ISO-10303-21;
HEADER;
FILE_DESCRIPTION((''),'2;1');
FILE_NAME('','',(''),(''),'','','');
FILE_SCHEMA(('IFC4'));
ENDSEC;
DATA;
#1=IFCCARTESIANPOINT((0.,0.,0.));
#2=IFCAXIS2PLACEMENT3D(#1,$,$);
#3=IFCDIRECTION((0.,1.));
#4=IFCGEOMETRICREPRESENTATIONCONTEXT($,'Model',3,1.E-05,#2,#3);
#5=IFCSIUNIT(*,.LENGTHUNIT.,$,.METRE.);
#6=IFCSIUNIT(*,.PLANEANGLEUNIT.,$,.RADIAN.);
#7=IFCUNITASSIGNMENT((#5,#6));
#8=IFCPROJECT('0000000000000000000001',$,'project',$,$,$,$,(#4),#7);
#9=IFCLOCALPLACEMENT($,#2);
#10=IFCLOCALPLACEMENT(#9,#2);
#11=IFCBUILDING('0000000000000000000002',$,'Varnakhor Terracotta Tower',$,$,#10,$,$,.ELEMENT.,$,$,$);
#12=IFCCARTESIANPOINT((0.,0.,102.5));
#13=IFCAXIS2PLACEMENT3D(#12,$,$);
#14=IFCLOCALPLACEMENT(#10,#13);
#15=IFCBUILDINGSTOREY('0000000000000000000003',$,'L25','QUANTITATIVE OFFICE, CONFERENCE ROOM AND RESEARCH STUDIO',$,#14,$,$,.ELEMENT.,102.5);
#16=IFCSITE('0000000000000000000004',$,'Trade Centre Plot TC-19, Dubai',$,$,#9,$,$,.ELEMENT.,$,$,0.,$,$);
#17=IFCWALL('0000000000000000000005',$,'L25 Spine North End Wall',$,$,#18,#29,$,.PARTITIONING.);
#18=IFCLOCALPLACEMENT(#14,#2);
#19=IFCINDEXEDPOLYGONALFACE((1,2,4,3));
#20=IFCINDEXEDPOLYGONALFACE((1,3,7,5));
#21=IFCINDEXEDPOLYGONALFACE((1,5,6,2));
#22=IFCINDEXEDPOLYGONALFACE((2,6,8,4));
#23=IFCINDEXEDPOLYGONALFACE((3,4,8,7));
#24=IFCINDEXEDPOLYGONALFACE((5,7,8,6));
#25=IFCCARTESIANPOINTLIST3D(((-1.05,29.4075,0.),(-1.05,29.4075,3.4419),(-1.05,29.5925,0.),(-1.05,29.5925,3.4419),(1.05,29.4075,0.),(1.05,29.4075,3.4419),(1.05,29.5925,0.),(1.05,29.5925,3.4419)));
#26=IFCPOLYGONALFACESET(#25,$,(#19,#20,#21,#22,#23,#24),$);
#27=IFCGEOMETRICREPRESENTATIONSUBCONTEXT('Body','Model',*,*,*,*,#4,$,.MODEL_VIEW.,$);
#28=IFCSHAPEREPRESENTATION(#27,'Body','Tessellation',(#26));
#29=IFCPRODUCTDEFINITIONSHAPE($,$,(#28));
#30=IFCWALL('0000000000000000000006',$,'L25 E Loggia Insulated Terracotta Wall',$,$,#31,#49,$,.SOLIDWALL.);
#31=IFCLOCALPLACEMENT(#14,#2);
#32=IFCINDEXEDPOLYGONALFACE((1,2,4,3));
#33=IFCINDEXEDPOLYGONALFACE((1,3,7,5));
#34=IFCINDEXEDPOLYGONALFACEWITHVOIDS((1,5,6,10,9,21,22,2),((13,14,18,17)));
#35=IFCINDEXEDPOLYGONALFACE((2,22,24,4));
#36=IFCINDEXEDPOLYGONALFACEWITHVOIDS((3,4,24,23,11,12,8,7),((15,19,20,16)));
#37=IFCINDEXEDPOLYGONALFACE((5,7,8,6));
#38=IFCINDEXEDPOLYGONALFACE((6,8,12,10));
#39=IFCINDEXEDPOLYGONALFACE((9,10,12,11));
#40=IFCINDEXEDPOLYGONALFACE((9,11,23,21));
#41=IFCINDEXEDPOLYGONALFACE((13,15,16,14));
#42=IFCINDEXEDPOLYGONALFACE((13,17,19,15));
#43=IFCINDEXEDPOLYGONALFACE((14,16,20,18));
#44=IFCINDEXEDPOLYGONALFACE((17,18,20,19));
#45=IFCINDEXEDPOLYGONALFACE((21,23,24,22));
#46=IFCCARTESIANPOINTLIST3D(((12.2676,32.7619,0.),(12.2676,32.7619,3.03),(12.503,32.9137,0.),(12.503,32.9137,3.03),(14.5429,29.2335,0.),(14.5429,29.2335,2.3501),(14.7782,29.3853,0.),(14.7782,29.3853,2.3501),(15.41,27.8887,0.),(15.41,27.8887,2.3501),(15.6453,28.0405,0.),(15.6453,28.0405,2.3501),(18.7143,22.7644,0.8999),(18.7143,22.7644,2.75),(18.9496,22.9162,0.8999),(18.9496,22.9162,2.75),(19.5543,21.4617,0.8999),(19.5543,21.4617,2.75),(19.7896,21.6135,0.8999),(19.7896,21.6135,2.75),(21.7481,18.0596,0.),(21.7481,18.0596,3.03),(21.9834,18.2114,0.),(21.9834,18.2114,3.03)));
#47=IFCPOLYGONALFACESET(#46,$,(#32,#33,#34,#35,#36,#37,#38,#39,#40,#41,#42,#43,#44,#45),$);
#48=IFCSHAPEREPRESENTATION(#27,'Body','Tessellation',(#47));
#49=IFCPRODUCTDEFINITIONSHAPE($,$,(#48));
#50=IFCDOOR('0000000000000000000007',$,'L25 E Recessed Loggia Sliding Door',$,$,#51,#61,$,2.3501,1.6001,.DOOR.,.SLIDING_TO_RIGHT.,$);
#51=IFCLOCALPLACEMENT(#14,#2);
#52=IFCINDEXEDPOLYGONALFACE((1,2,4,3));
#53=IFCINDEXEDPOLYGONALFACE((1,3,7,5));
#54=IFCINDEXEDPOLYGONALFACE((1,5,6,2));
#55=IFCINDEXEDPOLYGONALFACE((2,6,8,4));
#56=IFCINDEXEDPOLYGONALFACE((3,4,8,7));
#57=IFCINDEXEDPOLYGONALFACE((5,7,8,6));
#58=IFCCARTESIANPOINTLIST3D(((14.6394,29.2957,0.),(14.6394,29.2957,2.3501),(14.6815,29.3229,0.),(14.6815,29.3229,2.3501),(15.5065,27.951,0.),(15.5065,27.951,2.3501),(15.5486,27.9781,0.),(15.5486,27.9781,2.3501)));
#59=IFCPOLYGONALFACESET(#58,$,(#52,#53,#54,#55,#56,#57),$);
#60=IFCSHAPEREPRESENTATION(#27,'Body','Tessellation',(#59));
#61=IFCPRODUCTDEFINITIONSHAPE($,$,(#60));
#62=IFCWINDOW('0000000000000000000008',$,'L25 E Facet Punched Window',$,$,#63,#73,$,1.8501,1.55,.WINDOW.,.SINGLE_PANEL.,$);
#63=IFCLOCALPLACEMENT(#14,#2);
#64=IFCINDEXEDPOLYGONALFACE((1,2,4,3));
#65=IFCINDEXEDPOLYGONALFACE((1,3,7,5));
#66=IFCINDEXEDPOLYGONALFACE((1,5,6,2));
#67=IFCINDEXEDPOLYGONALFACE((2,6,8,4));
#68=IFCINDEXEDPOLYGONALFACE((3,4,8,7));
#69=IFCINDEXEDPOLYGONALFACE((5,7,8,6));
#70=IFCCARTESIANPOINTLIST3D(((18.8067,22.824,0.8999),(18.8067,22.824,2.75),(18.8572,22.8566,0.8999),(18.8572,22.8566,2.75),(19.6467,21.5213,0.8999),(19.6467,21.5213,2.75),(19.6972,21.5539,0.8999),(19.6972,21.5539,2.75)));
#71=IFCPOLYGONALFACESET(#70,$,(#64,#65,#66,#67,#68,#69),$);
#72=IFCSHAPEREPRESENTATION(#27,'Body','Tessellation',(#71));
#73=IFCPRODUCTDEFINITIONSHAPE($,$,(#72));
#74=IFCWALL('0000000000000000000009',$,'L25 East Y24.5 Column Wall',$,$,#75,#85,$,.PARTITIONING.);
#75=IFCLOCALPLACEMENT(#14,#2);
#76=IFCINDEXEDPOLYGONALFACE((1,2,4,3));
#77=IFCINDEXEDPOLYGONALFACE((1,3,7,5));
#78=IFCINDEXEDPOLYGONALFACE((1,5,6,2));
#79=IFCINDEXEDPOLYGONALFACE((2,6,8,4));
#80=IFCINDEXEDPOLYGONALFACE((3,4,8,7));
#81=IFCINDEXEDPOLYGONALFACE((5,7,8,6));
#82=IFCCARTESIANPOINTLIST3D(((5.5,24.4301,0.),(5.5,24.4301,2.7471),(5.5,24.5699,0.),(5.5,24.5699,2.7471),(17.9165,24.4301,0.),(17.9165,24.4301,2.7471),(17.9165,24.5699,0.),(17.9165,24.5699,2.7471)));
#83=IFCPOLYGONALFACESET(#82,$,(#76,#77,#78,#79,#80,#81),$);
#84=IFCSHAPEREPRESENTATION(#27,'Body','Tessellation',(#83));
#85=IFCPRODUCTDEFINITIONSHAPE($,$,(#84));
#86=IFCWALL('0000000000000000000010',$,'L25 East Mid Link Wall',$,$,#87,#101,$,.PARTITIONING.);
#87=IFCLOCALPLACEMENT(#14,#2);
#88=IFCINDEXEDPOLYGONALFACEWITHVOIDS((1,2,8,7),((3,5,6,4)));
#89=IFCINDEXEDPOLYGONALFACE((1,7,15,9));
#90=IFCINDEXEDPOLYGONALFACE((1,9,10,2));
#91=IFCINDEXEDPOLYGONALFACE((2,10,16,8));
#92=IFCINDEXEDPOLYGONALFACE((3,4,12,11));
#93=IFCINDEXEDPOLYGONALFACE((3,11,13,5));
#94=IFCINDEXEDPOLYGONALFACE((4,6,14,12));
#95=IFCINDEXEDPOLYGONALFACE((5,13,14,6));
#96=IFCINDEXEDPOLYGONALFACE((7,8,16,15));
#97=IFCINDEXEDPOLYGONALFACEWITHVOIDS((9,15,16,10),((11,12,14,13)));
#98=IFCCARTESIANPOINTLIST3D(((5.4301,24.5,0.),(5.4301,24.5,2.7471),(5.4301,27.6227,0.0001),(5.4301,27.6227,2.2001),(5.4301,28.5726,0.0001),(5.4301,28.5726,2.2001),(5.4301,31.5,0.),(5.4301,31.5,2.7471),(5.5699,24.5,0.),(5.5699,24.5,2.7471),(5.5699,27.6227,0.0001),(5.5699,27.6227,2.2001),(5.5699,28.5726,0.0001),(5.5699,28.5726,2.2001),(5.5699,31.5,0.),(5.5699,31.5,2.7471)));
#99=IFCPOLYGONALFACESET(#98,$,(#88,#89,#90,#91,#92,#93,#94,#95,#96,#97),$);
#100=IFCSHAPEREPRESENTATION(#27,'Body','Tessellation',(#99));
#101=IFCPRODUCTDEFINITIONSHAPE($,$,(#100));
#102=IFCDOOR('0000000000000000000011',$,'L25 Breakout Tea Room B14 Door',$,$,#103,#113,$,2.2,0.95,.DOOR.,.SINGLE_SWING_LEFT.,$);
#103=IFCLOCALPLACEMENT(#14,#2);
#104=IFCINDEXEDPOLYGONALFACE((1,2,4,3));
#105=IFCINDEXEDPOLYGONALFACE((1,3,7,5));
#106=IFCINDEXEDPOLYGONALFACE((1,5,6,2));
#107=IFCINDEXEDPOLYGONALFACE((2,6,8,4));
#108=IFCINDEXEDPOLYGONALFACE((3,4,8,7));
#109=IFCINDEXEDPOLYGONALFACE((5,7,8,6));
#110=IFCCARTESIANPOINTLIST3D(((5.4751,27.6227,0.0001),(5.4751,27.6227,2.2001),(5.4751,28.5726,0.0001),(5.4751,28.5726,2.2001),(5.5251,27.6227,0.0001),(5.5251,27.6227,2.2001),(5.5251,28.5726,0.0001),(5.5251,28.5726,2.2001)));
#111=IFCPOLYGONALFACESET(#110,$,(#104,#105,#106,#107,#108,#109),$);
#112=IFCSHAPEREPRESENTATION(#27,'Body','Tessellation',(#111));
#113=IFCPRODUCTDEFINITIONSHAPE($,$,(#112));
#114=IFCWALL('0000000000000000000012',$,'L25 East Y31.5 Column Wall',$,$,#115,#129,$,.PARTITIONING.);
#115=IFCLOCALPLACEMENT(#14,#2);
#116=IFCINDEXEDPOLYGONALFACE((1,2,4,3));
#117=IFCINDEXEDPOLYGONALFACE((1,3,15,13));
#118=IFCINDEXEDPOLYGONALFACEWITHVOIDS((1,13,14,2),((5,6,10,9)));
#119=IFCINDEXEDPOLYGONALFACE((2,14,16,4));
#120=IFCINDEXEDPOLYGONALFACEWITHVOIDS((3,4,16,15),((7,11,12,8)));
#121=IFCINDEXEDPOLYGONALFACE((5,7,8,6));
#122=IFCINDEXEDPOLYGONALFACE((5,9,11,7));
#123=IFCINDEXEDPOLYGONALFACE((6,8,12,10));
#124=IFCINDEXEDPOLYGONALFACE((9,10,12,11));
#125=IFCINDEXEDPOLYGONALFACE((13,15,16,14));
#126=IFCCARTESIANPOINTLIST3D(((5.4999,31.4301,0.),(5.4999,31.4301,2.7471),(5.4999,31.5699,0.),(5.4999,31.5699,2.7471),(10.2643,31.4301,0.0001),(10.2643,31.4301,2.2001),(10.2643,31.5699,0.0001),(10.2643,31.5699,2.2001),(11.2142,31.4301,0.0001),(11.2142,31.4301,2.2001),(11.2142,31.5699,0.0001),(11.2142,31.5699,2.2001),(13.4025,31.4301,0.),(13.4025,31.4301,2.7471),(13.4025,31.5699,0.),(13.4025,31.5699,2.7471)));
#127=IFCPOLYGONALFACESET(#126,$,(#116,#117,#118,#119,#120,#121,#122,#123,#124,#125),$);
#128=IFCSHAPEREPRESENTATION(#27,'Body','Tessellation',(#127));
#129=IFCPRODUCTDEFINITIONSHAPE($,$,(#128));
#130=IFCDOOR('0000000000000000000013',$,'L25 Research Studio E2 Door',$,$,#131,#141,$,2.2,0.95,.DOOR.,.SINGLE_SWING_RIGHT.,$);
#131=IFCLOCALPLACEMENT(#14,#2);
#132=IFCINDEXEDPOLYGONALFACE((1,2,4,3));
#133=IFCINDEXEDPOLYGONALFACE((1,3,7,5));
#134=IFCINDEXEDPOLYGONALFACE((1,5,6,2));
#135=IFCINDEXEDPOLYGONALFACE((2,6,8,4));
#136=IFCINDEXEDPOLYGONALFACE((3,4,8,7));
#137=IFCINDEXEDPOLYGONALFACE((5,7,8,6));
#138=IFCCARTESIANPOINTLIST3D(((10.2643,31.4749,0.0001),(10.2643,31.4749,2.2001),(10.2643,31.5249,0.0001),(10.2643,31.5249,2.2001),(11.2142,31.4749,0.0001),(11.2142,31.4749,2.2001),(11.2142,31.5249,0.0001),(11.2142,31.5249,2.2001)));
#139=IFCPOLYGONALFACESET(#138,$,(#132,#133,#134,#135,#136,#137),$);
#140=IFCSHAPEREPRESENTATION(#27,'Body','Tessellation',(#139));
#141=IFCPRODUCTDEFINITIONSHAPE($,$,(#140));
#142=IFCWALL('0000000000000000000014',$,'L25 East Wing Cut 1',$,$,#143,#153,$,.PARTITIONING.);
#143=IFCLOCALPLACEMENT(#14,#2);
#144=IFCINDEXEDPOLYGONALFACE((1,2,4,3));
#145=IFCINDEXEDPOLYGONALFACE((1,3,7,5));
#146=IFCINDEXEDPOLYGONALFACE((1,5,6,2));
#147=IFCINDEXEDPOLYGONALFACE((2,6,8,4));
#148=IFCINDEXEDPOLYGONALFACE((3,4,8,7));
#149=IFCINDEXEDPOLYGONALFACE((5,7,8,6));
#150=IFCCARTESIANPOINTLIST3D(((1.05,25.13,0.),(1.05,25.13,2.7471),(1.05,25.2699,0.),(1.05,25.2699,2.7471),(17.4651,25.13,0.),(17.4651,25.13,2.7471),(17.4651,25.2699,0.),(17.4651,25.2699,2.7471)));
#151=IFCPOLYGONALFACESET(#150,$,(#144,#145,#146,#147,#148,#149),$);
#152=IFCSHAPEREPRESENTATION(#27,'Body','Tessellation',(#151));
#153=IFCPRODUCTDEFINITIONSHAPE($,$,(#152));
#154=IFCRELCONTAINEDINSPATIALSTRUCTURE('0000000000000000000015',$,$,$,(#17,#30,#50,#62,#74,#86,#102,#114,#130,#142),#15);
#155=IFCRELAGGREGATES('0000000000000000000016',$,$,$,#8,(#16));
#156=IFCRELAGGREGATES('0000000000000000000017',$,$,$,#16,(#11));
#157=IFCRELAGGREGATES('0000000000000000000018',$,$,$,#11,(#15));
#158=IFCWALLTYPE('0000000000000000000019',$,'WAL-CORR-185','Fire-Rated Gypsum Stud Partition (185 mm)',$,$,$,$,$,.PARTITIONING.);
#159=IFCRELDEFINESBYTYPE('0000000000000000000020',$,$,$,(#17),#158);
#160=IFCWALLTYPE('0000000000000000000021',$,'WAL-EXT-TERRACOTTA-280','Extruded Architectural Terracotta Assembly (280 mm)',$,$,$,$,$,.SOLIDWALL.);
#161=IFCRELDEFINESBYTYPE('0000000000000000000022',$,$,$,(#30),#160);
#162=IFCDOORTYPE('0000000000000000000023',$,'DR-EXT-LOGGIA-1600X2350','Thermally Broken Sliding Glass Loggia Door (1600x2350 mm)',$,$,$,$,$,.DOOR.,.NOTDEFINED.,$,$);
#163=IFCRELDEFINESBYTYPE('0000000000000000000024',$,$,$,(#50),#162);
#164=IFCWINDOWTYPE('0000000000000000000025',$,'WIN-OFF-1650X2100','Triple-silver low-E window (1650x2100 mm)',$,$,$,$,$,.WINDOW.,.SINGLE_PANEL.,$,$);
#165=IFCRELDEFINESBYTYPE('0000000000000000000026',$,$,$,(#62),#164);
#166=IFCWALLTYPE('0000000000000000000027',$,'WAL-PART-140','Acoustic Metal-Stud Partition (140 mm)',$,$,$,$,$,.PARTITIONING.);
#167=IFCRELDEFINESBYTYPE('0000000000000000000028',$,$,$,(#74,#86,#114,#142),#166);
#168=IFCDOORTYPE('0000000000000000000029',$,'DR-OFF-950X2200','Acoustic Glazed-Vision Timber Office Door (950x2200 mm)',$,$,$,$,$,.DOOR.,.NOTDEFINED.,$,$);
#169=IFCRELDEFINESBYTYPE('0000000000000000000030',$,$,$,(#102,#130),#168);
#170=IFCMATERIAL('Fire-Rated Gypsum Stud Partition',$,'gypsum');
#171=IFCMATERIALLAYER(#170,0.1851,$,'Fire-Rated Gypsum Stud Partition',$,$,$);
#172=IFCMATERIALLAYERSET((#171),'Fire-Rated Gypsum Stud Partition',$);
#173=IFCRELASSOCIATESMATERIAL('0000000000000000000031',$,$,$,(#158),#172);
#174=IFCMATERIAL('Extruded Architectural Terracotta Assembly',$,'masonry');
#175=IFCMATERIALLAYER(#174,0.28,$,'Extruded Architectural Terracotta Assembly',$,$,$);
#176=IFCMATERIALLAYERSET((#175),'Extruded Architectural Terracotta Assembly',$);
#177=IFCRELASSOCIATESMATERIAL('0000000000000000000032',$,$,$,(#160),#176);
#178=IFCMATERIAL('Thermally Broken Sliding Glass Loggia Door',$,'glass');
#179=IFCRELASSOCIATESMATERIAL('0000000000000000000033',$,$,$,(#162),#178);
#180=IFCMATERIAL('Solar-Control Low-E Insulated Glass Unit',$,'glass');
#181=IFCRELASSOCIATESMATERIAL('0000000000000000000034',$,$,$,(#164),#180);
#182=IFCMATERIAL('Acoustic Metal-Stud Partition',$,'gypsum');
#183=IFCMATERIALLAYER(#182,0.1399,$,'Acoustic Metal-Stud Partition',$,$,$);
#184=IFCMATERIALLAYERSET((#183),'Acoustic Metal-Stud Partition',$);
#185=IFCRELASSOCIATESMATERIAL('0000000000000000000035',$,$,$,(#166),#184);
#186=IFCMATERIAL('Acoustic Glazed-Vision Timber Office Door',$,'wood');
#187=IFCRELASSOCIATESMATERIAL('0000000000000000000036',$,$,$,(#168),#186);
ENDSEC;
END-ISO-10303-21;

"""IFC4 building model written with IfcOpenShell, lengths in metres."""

from ifc_helpers import new_model, si_unit, direction, frame, frame_2d, origin, place, context, subcontext, project, spatial, rectangle, extrude, source, transform, mapped, material, layer, layer_set, type_object, type_shapes, element, fill, save


model = new_model("IFC4")

# Units and contexts
model_context = context("Model", 3, precision=1e-05, world=origin(), true_north=direction((0.0, 1.0)))
body_context = subcontext(model_context, "Body", "Model", "MODEL_VIEW")
ifc_project = project(units=[si_unit("LENGTHUNIT", "METRE"), si_unit("PLANEANGLEUNIT", "RADIAN")], contexts=[model_context])

# Site, building, storey
site_placement = place(None, origin())
site = spatial("IfcSite", under=ifc_project, at=site_placement, Name="Trade Centre Plot TC-19, Dubai", CompositionType="ELEMENT", RefElevation=0.0)
building_placement = place(site_placement, origin())
building = spatial("IfcBuilding", under=site, at=building_placement, Name="Varnakhor Terracotta Tower", CompositionType="ELEMENT")
storey_placement = place(building_placement, frame((0.0, 0.0, 102.5)))
storey = spatial("IfcBuildingStorey", under=building, at=storey_placement, Name="L25", Description="QUANTITATIVE OFFICE, CONFERENCE ROOM AND RESEARCH STUDIO", CompositionType="ELEMENT", Elevation=102.5)

# Wall
ifc_material_1 = material(Name="Fire-Rated Gypsum Stud Partition", Category="gypsum")
ifc_layer_1 = layer(ifc_material_1, 0.1851, Name="Fire-Rated Gypsum Stud Partition")
ifc_layer_set_1 = layer_set([ifc_layer_1], Name="Fire-Rated Gypsum Stud Partition")
wall_type_1 = type_object("IfcWallType", Name="WAL-CORR-185", Description="Fire-Rated Gypsum Stud Partition (185 mm)", PredefinedType="PARTITIONING", material=ifc_layer_set_1)
wall_1_placement = place(storey_placement, frame((-1.05, 29.5, 0.0), z_axis=(0.0, 0.0, 1.0), x_axis=(1.0, 0.0, 0.0)))
element("IfcWall", 1, at=wall_1_placement, inside=storey, type_object=wall_type_1, Name="L25 Spine North End Wall", PredefinedType="PARTITIONING", context=body_context, shape_type="SweptSolid", body=[
    extrude(rectangle(XDim=2.1001, YDim=0.1851, at=frame_2d((1.05, 0.0))), origin(), (0.0, 0.0, 1.0), 3.4419),
])

# Wall, openings, door, window
ifc_material_2 = material(Name="Extruded Architectural Terracotta Assembly", Category="masonry")
ifc_layer_2 = layer(ifc_material_2, 0.28, Name="Extruded Architectural Terracotta Assembly")
ifc_layer_set_2 = layer_set([ifc_layer_2], Name="Extruded Architectural Terracotta Assembly")
wall_type_2 = type_object("IfcWallType", Name="WAL-EXT-TERRACOTTA-280", Description="Extruded Architectural Terracotta Assembly (280 mm)", PredefinedType="SOLIDWALL", material=ifc_layer_set_2)
wall_2_placement = place(storey_placement, frame((12.3853, 32.8379, 0.0), z_axis=(0.0, 0.0, 1.0), x_axis=(0.541927, -0.840425, 0.0)))
wall_2 = element("IfcWall", 2, at=wall_2_placement, inside=storey, type_object=wall_type_2, Name="L25 E Loggia Insulated Terracotta Wall", PredefinedType="SOLIDWALL", context=body_context, shape_type="SweptSolid", body=[
    extrude(rectangle(XDim=17.4939, YDim=0.28, at=frame_2d((8.7471, 0.0))), origin(), (0.0, 0.0, 1.0), 3.03),
])
opening_1_placement = place(wall_2_placement, frame((4.1985, 0.0, 0.0)))
opening_1 = element("IfcOpeningElement", 3, at=opening_1_placement, cuts=wall_2, PredefinedType="OPENING", context=body_context, shape_type="SweptSolid", body=[
    extrude(rectangle(XDim=1.6001, YDim=2.3501, at=frame_2d((0.8, 1.175))), frame((0.0, 0.1499, 0.0), z_axis=(0.0, -1.0, 0.0), x_axis=(1.0, 0.0, 0.0)), (0.0, 0.0, 1.0), 0.3),
])
opening_2_placement = place(wall_2_placement, frame((11.896, 0.0, 0.8999)))
opening_2 = element("IfcOpeningElement", 4, at=opening_2_placement, cuts=wall_2, PredefinedType="OPENING", context=body_context, shape_type="SweptSolid", body=[
    extrude(rectangle(XDim=1.55, YDim=1.8501, at=frame_2d((0.7749, 0.925))), frame((0.0, 0.1499, 0.0), z_axis=(0.0, -1.0, 0.0), x_axis=(1.0, 0.0, 0.0)), (0.0, 0.0, 1.0), 0.3),
])
ifc_material_3 = material(Name="Thermally Broken Sliding Glass Loggia Door", Category="glass")
door_type_1 = type_object("IfcDoorType", Name="DR-EXT-LOGGIA-1600X2350", Description="Thermally Broken Sliding Glass Loggia Door (1600x2350 mm)", OperationType="NOTDEFINED", PredefinedType="DOOR", material=ifc_material_3)
shared_shape_1 = source(origin(), body_context, "Body", "SweptSolid", [
    extrude(rectangle(XDim=1.6001, YDim=2.3501, at=frame_2d((0.8, 1.175))), frame((0.0, 0.0249, 0.0), z_axis=(0.0, -1.0, 0.0), x_axis=(1.0, 0.0, 0.0)), (0.0, 0.0, 1.0), 0.05),
])
type_shapes(door_type_1, [shared_shape_1])
door_1_placement = place(opening_1_placement, origin())
door_1 = element("IfcDoor", 5, at=door_1_placement, inside=storey, type_object=door_type_1, Name="L25 E Recessed Loggia Sliding Door", OperationType="SLIDING_TO_RIGHT", OverallHeight=2.3501, OverallWidth=1.6001, PredefinedType="DOOR", context=body_context, shape_type="MappedRepresentation", body=[
    mapped(shared_shape_1, transform((0.0, 0.0, 0.0), scale=1.0)),
])
fill(opening_1, door_1)
ifc_material_4 = material(Name="Solar-Control Low-E Insulated Glass Unit", Category="glass")
window_type = type_object("IfcWindowType", Name="WIN-OFF-1650X2100", Description="Triple-silver low-E window (1650x2100 mm)", PartitioningType="SINGLE_PANEL", PredefinedType="WINDOW", material=ifc_material_4)
shared_shape_2 = source(origin(), body_context, "Body", "SweptSolid", [
    extrude(rectangle(XDim=1.55, YDim=1.8501, at=frame_2d((0.7749, 0.925))), frame((0.0, 0.03, 0.0), z_axis=(0.0, -1.0, 0.0), x_axis=(1.0, 0.0, 0.0)), (0.0, 0.0, 1.0), 0.0601),
])
type_shapes(window_type, [shared_shape_2])
window_placement = place(opening_2_placement, origin())
window = element("IfcWindow", 6, at=window_placement, inside=storey, type_object=window_type, Name="L25 E Facet Punched Window", OverallHeight=1.8501, OverallWidth=1.55, PartitioningType="SINGLE_PANEL", PredefinedType="WINDOW", context=body_context, shape_type="MappedRepresentation", body=[
    mapped(shared_shape_2, transform((0.0, 0.0, 0.0), scale=1.0)),
])
fill(opening_2, window)

# Wall
ifc_material_5 = material(Name="Acoustic Metal-Stud Partition", Category="gypsum")
ifc_layer_3 = layer(ifc_material_5, 0.1399, Name="Acoustic Metal-Stud Partition")
ifc_layer_set_3 = layer_set([ifc_layer_3], Name="Acoustic Metal-Stud Partition")
wall_type_3 = type_object("IfcWallType", Name="WAL-PART-140", Description="Acoustic Metal-Stud Partition (140 mm)", PredefinedType="PARTITIONING", material=ifc_layer_set_3)
wall_3_placement = place(storey_placement, frame((5.5, 24.5, 0.0), z_axis=(0.0, 0.0, 1.0), x_axis=(1.0, 0.0, 0.0)))
element("IfcWall", 7, at=wall_3_placement, inside=storey, type_object=wall_type_3, Name="L25 East Y24.5 Column Wall", PredefinedType="PARTITIONING", context=body_context, shape_type="SweptSolid", body=[
    extrude(rectangle(XDim=12.4165, YDim=0.1399, at=frame_2d((6.2083, 0.0))), origin(), (0.0, 0.0, 1.0), 2.7471),
])

# Walls, openings, doors
wall_4_placement = place(storey_placement, frame((5.5, 24.5, 0.0), z_axis=(0.0, 0.0, 1.0), x_axis=(0.0, 1.0, 0.0)))
wall_4 = element("IfcWall", 8, at=wall_4_placement, inside=storey, type_object=wall_type_3, Name="L25 East Mid Link Wall", PredefinedType="PARTITIONING", context=body_context, shape_type="SweptSolid", body=[
    extrude(rectangle(XDim=7.0, YDim=0.1399, at=frame_2d((3.5, 0.0))), origin(), (0.0, 0.0, 1.0), 2.7471),
])
opening_3_placement = place(wall_4_placement, frame((3.1226, 0.0, 0.0)))
opening_3 = element("IfcOpeningElement", 9, at=opening_3_placement, cuts=wall_4, PredefinedType="OPENING", context=body_context, shape_type="SweptSolid", body=[
    extrude(rectangle(XDim=0.95, YDim=2.2, at=frame_2d((0.4751, 1.1001))), frame((0.0, 0.0801, 0.0), z_axis=(0.0, -1.0, 0.0), x_axis=(1.0, 0.0, 0.0)), (0.0, 0.0, 1.0), 0.1599),
])
ifc_material_6 = material(Name="Acoustic Glazed-Vision Timber Office Door", Category="wood")
door_type_2 = type_object("IfcDoorType", Name="DR-OFF-950X2200", Description="Acoustic Glazed-Vision Timber Office Door (950x2200 mm)", OperationType="NOTDEFINED", PredefinedType="DOOR", material=ifc_material_6)
shared_shape_3 = source(origin(), body_context, "Body", "SweptSolid", [
    extrude(rectangle(XDim=0.95, YDim=2.2, at=frame_2d((0.4751, 1.1001))), frame((0.0, 0.0249, 0.0), z_axis=(0.0, -1.0, 0.0), x_axis=(1.0, 0.0, 0.0)), (0.0, 0.0, 1.0), 0.05),
])
type_shapes(door_type_2, [shared_shape_3])
door_2_placement = place(opening_3_placement, origin())
door_2 = element("IfcDoor", 10, at=door_2_placement, inside=storey, type_object=door_type_2, Name="L25 Breakout Tea Room B14 Door", OperationType="SINGLE_SWING_LEFT", OverallHeight=2.2, OverallWidth=0.95, PredefinedType="DOOR", context=body_context, shape_type="MappedRepresentation", body=[
    mapped(shared_shape_3, transform((0.0, 0.0, 0.0), scale=1.0)),
])
fill(opening_3, door_2)
wall_5_placement = place(storey_placement, frame((5.5, 31.5, 0.0), z_axis=(0.0, 0.0, 1.0), x_axis=(1.0, 0.0, 0.0)))
wall_5 = element("IfcWall", 11, at=wall_5_placement, inside=storey, type_object=wall_type_3, Name="L25 East Y31.5 Column Wall", PredefinedType="PARTITIONING", context=body_context, shape_type="SweptSolid", body=[
    extrude(rectangle(XDim=7.9026, YDim=0.1399, at=frame_2d((3.9512, 0.0))), origin(), (0.0, 0.0, 1.0), 2.7471),
])
opening_4_placement = place(wall_5_placement, frame((4.7642, 0.0, 0.0)))
opening_4 = element("IfcOpeningElement", 12, at=opening_4_placement, cuts=wall_5, PredefinedType="OPENING", context=body_context, shape_type="SweptSolid", body=[
    extrude(rectangle(XDim=0.95, YDim=2.2, at=frame_2d((0.4751, 1.1001))), frame((0.0, 0.0801, 0.0), z_axis=(0.0, -1.0, 0.0), x_axis=(1.0, 0.0, 0.0)), (0.0, 0.0, 1.0), 0.1599),
])
door_3_placement = place(opening_4_placement, origin())
door_3 = element("IfcDoor", 13, at=door_3_placement, inside=storey, type_object=door_type_2, Name="L25 Research Studio E2 Door", OperationType="SINGLE_SWING_RIGHT", OverallHeight=2.2, OverallWidth=0.95, PredefinedType="DOOR", context=body_context, shape_type="MappedRepresentation", body=[
    mapped(shared_shape_3, transform((0.0, 0.0, 0.0), scale=1.0)),
])
fill(opening_4, door_3)

# Wall
wall_6_placement = place(storey_placement, frame((1.05, 25.2, 0.0), z_axis=(0.0, 0.0, 1.0), x_axis=(1.0, 0.0, 0.0)))
element("IfcWall", 14, at=wall_6_placement, inside=storey, type_object=wall_type_3, Name="L25 East Wing Cut 1", PredefinedType="PARTITIONING", context=body_context, shape_type="SweptSolid", body=[
    extrude(rectangle(XDim=16.415, YDim=0.1399, at=frame_2d((8.2075, 0.0))), origin(), (0.0, 0.0, 1.0), 2.7471),
])

save(model, "model.ifc")
